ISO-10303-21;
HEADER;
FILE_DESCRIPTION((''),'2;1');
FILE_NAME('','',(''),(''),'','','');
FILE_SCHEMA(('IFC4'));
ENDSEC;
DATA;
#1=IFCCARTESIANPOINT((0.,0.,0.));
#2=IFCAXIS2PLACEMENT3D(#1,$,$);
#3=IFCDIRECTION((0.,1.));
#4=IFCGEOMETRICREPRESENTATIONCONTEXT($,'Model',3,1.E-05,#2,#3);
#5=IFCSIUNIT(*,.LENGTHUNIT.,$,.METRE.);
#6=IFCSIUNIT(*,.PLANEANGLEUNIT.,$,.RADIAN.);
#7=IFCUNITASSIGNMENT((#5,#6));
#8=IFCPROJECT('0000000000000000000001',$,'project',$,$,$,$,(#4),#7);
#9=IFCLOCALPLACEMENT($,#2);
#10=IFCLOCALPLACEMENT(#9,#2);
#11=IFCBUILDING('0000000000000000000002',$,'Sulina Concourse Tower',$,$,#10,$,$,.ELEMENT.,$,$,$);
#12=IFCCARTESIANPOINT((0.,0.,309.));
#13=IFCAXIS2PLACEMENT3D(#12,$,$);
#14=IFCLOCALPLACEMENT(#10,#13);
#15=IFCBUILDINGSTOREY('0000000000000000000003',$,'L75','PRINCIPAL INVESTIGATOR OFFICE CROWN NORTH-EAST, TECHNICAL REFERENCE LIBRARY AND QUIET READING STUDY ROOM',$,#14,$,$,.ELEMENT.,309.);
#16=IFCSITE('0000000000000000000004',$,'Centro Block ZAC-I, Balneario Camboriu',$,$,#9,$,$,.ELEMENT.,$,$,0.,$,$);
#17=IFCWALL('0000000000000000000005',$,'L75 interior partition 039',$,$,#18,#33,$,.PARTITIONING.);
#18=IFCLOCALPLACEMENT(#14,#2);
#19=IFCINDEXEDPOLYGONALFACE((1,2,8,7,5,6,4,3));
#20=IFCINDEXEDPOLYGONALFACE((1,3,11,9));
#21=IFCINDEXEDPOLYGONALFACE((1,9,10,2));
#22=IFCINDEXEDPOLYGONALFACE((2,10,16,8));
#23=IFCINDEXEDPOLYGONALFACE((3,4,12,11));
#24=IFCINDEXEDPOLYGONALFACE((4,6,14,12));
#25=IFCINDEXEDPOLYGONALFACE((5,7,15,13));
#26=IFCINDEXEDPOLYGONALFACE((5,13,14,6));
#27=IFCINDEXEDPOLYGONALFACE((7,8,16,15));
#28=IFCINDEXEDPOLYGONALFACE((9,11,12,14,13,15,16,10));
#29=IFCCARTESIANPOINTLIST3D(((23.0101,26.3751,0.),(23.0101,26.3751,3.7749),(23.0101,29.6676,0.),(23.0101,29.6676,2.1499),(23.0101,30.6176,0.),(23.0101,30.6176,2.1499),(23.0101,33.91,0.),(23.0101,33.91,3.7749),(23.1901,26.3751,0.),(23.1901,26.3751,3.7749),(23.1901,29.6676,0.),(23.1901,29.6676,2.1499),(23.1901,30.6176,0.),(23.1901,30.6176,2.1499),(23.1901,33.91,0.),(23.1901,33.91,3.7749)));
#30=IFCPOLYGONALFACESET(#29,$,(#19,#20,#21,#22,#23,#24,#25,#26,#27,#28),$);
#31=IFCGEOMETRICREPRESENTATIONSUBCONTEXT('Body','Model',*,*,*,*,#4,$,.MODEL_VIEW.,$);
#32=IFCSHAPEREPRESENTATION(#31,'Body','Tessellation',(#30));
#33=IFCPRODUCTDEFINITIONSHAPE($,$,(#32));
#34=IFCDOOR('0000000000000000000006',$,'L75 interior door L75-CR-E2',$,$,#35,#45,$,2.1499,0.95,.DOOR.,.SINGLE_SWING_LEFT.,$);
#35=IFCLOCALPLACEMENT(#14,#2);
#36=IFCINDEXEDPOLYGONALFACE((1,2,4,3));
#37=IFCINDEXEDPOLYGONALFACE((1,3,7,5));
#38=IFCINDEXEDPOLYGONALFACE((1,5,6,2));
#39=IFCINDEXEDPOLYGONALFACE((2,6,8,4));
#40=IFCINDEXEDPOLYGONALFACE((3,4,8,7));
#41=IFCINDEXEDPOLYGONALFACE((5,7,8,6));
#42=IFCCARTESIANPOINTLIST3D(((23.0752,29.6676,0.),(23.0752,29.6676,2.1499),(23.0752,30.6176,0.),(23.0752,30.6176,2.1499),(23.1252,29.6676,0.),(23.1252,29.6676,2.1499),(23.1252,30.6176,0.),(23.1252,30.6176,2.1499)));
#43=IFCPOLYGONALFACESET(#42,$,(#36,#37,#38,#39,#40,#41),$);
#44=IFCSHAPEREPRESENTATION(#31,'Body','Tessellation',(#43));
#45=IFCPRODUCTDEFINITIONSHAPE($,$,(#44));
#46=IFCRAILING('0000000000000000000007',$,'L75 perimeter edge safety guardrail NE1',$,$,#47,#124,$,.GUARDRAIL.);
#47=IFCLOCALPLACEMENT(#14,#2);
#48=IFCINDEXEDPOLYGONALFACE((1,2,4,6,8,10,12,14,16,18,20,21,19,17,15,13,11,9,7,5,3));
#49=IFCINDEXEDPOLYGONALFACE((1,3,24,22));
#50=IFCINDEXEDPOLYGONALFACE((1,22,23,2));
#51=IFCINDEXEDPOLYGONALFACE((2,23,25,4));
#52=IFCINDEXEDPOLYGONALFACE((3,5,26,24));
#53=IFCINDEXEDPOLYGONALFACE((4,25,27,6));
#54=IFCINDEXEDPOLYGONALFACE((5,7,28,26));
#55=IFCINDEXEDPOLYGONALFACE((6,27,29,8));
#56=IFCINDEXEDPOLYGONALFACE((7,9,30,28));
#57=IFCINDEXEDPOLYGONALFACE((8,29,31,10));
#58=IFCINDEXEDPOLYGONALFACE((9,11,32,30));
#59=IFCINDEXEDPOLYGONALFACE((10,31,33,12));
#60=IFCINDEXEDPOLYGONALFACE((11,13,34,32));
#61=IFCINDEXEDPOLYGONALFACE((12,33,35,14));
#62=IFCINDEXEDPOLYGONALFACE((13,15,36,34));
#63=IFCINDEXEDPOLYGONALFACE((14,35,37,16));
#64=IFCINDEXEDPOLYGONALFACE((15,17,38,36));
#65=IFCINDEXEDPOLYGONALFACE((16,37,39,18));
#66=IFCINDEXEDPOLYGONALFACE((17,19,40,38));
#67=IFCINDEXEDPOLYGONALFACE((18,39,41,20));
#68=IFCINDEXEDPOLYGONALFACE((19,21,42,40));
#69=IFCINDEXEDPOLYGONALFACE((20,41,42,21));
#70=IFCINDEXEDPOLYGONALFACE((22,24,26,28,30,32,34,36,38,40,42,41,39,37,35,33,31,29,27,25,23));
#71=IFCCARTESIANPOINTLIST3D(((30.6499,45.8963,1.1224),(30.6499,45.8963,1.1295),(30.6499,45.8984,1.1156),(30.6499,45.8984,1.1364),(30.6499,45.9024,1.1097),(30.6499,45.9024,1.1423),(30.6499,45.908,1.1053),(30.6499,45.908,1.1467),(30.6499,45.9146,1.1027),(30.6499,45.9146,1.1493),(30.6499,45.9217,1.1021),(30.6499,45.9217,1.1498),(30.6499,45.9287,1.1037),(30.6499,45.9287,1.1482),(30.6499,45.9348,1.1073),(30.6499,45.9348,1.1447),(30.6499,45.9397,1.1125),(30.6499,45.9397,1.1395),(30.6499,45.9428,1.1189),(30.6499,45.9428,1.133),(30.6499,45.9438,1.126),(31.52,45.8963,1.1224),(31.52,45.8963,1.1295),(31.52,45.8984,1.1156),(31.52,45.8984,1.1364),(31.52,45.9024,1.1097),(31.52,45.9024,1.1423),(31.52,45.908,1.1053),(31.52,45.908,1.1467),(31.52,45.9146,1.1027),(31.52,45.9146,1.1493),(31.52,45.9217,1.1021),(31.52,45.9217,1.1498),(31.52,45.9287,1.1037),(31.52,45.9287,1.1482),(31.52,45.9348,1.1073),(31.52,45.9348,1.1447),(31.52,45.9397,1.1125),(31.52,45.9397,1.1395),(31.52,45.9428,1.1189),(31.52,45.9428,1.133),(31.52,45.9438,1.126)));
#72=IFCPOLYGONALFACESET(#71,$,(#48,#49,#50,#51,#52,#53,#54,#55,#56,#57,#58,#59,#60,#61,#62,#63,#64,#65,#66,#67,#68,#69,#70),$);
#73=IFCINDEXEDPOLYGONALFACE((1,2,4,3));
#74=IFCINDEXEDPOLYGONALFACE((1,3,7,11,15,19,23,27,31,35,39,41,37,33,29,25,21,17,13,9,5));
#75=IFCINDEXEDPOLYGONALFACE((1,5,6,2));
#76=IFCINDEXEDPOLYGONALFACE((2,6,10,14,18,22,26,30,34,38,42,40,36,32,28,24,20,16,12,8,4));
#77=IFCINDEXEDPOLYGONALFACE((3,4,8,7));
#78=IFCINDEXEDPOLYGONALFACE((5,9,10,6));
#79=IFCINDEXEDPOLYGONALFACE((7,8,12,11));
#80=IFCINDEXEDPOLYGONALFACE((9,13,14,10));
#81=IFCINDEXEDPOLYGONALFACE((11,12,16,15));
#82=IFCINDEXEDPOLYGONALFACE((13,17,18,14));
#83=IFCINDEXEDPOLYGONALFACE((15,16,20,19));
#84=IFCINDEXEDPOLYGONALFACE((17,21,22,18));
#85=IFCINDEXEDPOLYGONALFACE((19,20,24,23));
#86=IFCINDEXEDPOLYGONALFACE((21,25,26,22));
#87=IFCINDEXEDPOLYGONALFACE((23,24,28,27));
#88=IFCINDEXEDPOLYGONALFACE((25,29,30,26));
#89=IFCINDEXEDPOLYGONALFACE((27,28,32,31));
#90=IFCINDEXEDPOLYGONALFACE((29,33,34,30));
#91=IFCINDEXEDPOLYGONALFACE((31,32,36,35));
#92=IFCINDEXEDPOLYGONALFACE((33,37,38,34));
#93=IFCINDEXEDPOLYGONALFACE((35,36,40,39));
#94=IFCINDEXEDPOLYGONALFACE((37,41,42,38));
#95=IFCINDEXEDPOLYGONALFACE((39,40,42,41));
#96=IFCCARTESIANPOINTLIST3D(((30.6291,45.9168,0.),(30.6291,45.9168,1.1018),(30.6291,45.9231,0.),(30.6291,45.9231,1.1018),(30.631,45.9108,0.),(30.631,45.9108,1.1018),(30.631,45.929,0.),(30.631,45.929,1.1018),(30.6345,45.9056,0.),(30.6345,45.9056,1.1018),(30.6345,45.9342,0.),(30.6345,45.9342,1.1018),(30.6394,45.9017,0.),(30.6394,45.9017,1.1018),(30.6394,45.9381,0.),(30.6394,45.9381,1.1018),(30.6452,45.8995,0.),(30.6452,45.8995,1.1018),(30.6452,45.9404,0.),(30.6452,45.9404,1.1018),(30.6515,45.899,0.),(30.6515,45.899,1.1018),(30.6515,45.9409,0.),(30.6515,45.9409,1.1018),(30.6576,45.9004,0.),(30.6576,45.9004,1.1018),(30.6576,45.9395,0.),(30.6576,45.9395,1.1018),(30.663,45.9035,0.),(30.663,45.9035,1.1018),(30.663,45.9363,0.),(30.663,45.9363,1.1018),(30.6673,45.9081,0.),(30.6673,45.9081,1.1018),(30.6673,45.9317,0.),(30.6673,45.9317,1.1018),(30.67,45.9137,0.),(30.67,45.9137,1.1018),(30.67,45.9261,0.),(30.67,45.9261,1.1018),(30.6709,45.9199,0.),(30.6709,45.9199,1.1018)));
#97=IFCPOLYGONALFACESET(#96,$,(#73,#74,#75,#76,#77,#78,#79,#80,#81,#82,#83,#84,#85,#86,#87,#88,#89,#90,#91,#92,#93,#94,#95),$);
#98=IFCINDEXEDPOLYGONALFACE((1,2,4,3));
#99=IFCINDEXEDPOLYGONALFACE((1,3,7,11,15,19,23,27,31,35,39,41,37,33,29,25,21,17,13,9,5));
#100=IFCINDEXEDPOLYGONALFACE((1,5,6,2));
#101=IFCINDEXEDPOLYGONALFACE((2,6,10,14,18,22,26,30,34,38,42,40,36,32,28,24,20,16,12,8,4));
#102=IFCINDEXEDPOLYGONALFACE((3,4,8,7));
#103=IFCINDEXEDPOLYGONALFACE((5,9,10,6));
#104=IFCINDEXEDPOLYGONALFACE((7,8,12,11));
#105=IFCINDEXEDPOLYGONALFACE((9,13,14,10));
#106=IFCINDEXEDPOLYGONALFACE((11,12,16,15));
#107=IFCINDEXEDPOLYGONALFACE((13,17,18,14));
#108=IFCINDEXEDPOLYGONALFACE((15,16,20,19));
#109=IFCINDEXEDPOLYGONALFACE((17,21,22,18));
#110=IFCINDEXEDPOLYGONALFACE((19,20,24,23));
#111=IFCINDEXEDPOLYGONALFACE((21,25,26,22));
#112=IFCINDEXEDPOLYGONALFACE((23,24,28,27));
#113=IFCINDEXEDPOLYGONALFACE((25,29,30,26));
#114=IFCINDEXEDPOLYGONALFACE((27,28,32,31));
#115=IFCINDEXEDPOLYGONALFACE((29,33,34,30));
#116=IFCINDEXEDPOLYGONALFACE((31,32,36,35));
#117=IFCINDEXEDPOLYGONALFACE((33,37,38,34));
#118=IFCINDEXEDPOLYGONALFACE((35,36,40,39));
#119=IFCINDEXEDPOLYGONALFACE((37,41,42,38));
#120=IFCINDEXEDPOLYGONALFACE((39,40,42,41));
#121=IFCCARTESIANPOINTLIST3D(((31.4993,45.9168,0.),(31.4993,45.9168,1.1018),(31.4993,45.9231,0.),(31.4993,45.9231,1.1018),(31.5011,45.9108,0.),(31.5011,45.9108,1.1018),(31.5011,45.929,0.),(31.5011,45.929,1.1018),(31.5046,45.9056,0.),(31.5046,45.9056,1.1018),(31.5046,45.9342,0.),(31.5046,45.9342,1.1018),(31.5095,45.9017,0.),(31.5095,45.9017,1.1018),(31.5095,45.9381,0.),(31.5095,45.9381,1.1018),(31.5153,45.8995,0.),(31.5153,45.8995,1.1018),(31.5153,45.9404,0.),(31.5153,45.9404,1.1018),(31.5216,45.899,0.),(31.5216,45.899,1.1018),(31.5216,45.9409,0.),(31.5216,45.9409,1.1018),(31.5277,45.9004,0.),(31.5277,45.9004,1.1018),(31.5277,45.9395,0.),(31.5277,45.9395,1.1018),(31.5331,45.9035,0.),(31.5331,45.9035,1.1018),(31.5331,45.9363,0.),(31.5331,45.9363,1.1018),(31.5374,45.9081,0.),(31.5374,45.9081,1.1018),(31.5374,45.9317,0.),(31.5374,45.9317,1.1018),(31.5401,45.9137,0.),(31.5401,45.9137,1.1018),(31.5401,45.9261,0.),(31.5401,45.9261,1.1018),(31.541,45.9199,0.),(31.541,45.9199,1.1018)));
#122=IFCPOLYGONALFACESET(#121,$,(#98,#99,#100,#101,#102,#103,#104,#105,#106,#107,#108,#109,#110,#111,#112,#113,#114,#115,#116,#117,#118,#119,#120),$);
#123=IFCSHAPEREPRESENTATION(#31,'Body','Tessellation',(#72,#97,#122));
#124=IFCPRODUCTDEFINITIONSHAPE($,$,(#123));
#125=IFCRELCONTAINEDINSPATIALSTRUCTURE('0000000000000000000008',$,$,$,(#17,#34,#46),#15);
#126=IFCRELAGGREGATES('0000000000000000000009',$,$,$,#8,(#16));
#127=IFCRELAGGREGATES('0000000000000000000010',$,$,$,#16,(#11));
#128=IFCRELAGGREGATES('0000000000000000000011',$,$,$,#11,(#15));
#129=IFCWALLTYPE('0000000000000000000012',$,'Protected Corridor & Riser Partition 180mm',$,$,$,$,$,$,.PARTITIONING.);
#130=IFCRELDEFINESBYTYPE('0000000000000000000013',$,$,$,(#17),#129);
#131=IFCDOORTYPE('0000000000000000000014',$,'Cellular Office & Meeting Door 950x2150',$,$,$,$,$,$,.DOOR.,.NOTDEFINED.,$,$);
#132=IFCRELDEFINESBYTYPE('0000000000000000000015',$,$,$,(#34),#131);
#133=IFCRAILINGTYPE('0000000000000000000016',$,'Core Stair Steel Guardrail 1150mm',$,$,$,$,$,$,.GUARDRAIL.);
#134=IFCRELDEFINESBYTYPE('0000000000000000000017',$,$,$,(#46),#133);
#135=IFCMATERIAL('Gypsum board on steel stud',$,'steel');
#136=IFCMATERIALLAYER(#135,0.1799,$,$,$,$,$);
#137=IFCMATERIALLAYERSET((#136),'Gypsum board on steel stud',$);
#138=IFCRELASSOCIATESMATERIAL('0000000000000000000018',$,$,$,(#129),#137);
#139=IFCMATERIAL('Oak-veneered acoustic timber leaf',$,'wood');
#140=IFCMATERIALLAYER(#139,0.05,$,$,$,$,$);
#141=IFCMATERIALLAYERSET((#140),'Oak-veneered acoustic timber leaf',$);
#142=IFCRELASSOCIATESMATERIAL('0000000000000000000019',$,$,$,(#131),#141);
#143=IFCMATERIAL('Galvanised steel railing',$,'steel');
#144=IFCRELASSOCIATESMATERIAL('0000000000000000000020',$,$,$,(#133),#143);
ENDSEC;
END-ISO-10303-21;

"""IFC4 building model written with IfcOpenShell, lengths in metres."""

from ifc_helpers import new_model, si_unit, direction, frame, frame_2d, origin, origin_2d, place, context, subcontext, project, spatial, rectangle, circle, extrude, material, layer, layer_set, type_object, element, fill, save


model = new_model("IFC4")

# Units and contexts
model_context = context("Model", 3, precision=1e-05, world=origin(), true_north=direction((0.0, 1.0)))
body_context = subcontext(model_context, "Body", "Model", "MODEL_VIEW")
ifc_project = project(units=[si_unit("LENGTHUNIT", "METRE"), si_unit("PLANEANGLEUNIT", "RADIAN")], contexts=[model_context])

# Site, building, storey
site_placement = place(None, origin())
site = spatial("IfcSite", under=ifc_project, at=site_placement, Name="Centro Block ZAC-I, Balneario Camboriu", CompositionType="ELEMENT", RefElevation=0.0)
building_placement = place(site_placement, origin())
building = spatial("IfcBuilding", under=site, at=building_placement, Name="Sulina Concourse Tower", CompositionType="ELEMENT")
storey_placement = place(building_placement, frame((0.0, 0.0, 309.0)))
storey = spatial("IfcBuildingStorey", under=building, at=storey_placement, Name="L75", Description="PRINCIPAL INVESTIGATOR OFFICE CROWN NORTH-EAST, TECHNICAL REFERENCE LIBRARY AND QUIET READING STUDY ROOM", CompositionType="ELEMENT", Elevation=309.0)

# Wall, opening, door
ifc_material_1 = material(Name="Gypsum board on steel stud", Category="steel")
ifc_layer_1 = layer(ifc_material_1, 0.1799)
ifc_layer_set_1 = layer_set([ifc_layer_1], Name="Gypsum board on steel stud")
wall_type_1 = type_object("IfcWallType", Name="Protected Corridor & Riser Partition 180mm", PredefinedType="PARTITIONING", material=ifc_layer_set_1)
wall_1_placement = place(storey_placement, frame((23.1001, 26.375, 0.0), z_axis=(0.0, 0.0, 1.0), x_axis=(0.0, 1.0, 0.0)))
wall_1 = element("IfcWall", 1, at=wall_1_placement, inside=storey, type_object=wall_type_1, Name="L75 interior partition 039", PredefinedType="PARTITIONING", context=body_context, shape_type="SweptSolid", body=[
    extrude(rectangle(XDim=7.5349, YDim=0.1799, at=frame_2d((3.7676, 0.0))), origin(), (0.0, 0.0, 1.0), 3.7749),
])
opening_1_placement = place(wall_1_placement, frame((3.2925, 0.0, 0.0)))
opening_1 = element("IfcOpeningElement", 2, at=opening_1_placement, cuts=wall_1, PredefinedType="OPENING", context=body_context, shape_type="SweptSolid", body=[
    extrude(rectangle(XDim=0.95, YDim=2.1499, at=frame_2d((0.4751, 1.075))), frame((0.0, 0.0999, 0.0), z_axis=(0.0, -1.0, 0.0), x_axis=(1.0, 0.0, 0.0)), (0.0, 0.0, 1.0), 0.2),
])
ifc_material_2 = material(Name="Oak-veneered acoustic timber leaf", Category="wood")
ifc_layer_2 = layer(ifc_material_2, 0.05)
ifc_layer_set_2 = layer_set([ifc_layer_2], Name="Oak-veneered acoustic timber leaf")
door_type = type_object("IfcDoorType", Name="Cellular Office & Meeting Door 950x2150", OperationType="NOTDEFINED", PredefinedType="DOOR", material=ifc_layer_set_2)
door_placement = place(opening_1_placement, origin())
door = element("IfcDoor", 3, at=door_placement, inside=storey, type_object=door_type, Name="L75 interior door L75-CR-E2", OperationType="SINGLE_SWING_LEFT", OverallHeight=2.1499, OverallWidth=0.95, PredefinedType="DOOR", context=body_context, shape_type="SweptSolid", body=[
    extrude(rectangle(XDim=0.95, YDim=2.1499, at=frame_2d((0.4751, 1.075))), frame((0.0, 0.0249, 0.0), z_axis=(0.0, -1.0, 0.0), x_axis=(1.0, 0.0, 0.0)), (0.0, 0.0, 1.0), 0.05),
])
fill(opening_1, door)

# Railing
ifc_material_3 = material(Name="Galvanised steel railing", Category="steel")
railing_type = type_object("IfcRailingType", Name="Core Stair Steel Guardrail 1150mm", PredefinedType="GUARDRAIL", material=ifc_material_3)
railing_1_placement = place(storey_placement, frame((30.6499, 45.9199, 0.0)))
element("IfcRailing", 4, at=railing_1_placement, inside=storey, type_object=railing_type, Name="L75 perimeter edge safety guardrail NE1", PredefinedType="GUARDRAIL", context=body_context, shape_type="SweptSolid", body=[
    extrude(circle(Radius=0.0239, at=origin_2d()), frame((0.0, 0.0, 1.126), z_axis=(1.0, 0.0, 0.0), x_axis=(0.0, 1.0, 0.0)), (0.0, 0.0, 1.0), 0.8701),
    extrude(circle(Radius=0.021, at=origin_2d()), origin(), (0.0, 0.0, 1.0), 1.1018),
    extrude(circle(Radius=0.021, at=origin_2d()), frame((0.8701, 0.0, 0.0)), (0.0, 0.0, 1.0), 1.1018),
])

save(model, "model.ifc")
